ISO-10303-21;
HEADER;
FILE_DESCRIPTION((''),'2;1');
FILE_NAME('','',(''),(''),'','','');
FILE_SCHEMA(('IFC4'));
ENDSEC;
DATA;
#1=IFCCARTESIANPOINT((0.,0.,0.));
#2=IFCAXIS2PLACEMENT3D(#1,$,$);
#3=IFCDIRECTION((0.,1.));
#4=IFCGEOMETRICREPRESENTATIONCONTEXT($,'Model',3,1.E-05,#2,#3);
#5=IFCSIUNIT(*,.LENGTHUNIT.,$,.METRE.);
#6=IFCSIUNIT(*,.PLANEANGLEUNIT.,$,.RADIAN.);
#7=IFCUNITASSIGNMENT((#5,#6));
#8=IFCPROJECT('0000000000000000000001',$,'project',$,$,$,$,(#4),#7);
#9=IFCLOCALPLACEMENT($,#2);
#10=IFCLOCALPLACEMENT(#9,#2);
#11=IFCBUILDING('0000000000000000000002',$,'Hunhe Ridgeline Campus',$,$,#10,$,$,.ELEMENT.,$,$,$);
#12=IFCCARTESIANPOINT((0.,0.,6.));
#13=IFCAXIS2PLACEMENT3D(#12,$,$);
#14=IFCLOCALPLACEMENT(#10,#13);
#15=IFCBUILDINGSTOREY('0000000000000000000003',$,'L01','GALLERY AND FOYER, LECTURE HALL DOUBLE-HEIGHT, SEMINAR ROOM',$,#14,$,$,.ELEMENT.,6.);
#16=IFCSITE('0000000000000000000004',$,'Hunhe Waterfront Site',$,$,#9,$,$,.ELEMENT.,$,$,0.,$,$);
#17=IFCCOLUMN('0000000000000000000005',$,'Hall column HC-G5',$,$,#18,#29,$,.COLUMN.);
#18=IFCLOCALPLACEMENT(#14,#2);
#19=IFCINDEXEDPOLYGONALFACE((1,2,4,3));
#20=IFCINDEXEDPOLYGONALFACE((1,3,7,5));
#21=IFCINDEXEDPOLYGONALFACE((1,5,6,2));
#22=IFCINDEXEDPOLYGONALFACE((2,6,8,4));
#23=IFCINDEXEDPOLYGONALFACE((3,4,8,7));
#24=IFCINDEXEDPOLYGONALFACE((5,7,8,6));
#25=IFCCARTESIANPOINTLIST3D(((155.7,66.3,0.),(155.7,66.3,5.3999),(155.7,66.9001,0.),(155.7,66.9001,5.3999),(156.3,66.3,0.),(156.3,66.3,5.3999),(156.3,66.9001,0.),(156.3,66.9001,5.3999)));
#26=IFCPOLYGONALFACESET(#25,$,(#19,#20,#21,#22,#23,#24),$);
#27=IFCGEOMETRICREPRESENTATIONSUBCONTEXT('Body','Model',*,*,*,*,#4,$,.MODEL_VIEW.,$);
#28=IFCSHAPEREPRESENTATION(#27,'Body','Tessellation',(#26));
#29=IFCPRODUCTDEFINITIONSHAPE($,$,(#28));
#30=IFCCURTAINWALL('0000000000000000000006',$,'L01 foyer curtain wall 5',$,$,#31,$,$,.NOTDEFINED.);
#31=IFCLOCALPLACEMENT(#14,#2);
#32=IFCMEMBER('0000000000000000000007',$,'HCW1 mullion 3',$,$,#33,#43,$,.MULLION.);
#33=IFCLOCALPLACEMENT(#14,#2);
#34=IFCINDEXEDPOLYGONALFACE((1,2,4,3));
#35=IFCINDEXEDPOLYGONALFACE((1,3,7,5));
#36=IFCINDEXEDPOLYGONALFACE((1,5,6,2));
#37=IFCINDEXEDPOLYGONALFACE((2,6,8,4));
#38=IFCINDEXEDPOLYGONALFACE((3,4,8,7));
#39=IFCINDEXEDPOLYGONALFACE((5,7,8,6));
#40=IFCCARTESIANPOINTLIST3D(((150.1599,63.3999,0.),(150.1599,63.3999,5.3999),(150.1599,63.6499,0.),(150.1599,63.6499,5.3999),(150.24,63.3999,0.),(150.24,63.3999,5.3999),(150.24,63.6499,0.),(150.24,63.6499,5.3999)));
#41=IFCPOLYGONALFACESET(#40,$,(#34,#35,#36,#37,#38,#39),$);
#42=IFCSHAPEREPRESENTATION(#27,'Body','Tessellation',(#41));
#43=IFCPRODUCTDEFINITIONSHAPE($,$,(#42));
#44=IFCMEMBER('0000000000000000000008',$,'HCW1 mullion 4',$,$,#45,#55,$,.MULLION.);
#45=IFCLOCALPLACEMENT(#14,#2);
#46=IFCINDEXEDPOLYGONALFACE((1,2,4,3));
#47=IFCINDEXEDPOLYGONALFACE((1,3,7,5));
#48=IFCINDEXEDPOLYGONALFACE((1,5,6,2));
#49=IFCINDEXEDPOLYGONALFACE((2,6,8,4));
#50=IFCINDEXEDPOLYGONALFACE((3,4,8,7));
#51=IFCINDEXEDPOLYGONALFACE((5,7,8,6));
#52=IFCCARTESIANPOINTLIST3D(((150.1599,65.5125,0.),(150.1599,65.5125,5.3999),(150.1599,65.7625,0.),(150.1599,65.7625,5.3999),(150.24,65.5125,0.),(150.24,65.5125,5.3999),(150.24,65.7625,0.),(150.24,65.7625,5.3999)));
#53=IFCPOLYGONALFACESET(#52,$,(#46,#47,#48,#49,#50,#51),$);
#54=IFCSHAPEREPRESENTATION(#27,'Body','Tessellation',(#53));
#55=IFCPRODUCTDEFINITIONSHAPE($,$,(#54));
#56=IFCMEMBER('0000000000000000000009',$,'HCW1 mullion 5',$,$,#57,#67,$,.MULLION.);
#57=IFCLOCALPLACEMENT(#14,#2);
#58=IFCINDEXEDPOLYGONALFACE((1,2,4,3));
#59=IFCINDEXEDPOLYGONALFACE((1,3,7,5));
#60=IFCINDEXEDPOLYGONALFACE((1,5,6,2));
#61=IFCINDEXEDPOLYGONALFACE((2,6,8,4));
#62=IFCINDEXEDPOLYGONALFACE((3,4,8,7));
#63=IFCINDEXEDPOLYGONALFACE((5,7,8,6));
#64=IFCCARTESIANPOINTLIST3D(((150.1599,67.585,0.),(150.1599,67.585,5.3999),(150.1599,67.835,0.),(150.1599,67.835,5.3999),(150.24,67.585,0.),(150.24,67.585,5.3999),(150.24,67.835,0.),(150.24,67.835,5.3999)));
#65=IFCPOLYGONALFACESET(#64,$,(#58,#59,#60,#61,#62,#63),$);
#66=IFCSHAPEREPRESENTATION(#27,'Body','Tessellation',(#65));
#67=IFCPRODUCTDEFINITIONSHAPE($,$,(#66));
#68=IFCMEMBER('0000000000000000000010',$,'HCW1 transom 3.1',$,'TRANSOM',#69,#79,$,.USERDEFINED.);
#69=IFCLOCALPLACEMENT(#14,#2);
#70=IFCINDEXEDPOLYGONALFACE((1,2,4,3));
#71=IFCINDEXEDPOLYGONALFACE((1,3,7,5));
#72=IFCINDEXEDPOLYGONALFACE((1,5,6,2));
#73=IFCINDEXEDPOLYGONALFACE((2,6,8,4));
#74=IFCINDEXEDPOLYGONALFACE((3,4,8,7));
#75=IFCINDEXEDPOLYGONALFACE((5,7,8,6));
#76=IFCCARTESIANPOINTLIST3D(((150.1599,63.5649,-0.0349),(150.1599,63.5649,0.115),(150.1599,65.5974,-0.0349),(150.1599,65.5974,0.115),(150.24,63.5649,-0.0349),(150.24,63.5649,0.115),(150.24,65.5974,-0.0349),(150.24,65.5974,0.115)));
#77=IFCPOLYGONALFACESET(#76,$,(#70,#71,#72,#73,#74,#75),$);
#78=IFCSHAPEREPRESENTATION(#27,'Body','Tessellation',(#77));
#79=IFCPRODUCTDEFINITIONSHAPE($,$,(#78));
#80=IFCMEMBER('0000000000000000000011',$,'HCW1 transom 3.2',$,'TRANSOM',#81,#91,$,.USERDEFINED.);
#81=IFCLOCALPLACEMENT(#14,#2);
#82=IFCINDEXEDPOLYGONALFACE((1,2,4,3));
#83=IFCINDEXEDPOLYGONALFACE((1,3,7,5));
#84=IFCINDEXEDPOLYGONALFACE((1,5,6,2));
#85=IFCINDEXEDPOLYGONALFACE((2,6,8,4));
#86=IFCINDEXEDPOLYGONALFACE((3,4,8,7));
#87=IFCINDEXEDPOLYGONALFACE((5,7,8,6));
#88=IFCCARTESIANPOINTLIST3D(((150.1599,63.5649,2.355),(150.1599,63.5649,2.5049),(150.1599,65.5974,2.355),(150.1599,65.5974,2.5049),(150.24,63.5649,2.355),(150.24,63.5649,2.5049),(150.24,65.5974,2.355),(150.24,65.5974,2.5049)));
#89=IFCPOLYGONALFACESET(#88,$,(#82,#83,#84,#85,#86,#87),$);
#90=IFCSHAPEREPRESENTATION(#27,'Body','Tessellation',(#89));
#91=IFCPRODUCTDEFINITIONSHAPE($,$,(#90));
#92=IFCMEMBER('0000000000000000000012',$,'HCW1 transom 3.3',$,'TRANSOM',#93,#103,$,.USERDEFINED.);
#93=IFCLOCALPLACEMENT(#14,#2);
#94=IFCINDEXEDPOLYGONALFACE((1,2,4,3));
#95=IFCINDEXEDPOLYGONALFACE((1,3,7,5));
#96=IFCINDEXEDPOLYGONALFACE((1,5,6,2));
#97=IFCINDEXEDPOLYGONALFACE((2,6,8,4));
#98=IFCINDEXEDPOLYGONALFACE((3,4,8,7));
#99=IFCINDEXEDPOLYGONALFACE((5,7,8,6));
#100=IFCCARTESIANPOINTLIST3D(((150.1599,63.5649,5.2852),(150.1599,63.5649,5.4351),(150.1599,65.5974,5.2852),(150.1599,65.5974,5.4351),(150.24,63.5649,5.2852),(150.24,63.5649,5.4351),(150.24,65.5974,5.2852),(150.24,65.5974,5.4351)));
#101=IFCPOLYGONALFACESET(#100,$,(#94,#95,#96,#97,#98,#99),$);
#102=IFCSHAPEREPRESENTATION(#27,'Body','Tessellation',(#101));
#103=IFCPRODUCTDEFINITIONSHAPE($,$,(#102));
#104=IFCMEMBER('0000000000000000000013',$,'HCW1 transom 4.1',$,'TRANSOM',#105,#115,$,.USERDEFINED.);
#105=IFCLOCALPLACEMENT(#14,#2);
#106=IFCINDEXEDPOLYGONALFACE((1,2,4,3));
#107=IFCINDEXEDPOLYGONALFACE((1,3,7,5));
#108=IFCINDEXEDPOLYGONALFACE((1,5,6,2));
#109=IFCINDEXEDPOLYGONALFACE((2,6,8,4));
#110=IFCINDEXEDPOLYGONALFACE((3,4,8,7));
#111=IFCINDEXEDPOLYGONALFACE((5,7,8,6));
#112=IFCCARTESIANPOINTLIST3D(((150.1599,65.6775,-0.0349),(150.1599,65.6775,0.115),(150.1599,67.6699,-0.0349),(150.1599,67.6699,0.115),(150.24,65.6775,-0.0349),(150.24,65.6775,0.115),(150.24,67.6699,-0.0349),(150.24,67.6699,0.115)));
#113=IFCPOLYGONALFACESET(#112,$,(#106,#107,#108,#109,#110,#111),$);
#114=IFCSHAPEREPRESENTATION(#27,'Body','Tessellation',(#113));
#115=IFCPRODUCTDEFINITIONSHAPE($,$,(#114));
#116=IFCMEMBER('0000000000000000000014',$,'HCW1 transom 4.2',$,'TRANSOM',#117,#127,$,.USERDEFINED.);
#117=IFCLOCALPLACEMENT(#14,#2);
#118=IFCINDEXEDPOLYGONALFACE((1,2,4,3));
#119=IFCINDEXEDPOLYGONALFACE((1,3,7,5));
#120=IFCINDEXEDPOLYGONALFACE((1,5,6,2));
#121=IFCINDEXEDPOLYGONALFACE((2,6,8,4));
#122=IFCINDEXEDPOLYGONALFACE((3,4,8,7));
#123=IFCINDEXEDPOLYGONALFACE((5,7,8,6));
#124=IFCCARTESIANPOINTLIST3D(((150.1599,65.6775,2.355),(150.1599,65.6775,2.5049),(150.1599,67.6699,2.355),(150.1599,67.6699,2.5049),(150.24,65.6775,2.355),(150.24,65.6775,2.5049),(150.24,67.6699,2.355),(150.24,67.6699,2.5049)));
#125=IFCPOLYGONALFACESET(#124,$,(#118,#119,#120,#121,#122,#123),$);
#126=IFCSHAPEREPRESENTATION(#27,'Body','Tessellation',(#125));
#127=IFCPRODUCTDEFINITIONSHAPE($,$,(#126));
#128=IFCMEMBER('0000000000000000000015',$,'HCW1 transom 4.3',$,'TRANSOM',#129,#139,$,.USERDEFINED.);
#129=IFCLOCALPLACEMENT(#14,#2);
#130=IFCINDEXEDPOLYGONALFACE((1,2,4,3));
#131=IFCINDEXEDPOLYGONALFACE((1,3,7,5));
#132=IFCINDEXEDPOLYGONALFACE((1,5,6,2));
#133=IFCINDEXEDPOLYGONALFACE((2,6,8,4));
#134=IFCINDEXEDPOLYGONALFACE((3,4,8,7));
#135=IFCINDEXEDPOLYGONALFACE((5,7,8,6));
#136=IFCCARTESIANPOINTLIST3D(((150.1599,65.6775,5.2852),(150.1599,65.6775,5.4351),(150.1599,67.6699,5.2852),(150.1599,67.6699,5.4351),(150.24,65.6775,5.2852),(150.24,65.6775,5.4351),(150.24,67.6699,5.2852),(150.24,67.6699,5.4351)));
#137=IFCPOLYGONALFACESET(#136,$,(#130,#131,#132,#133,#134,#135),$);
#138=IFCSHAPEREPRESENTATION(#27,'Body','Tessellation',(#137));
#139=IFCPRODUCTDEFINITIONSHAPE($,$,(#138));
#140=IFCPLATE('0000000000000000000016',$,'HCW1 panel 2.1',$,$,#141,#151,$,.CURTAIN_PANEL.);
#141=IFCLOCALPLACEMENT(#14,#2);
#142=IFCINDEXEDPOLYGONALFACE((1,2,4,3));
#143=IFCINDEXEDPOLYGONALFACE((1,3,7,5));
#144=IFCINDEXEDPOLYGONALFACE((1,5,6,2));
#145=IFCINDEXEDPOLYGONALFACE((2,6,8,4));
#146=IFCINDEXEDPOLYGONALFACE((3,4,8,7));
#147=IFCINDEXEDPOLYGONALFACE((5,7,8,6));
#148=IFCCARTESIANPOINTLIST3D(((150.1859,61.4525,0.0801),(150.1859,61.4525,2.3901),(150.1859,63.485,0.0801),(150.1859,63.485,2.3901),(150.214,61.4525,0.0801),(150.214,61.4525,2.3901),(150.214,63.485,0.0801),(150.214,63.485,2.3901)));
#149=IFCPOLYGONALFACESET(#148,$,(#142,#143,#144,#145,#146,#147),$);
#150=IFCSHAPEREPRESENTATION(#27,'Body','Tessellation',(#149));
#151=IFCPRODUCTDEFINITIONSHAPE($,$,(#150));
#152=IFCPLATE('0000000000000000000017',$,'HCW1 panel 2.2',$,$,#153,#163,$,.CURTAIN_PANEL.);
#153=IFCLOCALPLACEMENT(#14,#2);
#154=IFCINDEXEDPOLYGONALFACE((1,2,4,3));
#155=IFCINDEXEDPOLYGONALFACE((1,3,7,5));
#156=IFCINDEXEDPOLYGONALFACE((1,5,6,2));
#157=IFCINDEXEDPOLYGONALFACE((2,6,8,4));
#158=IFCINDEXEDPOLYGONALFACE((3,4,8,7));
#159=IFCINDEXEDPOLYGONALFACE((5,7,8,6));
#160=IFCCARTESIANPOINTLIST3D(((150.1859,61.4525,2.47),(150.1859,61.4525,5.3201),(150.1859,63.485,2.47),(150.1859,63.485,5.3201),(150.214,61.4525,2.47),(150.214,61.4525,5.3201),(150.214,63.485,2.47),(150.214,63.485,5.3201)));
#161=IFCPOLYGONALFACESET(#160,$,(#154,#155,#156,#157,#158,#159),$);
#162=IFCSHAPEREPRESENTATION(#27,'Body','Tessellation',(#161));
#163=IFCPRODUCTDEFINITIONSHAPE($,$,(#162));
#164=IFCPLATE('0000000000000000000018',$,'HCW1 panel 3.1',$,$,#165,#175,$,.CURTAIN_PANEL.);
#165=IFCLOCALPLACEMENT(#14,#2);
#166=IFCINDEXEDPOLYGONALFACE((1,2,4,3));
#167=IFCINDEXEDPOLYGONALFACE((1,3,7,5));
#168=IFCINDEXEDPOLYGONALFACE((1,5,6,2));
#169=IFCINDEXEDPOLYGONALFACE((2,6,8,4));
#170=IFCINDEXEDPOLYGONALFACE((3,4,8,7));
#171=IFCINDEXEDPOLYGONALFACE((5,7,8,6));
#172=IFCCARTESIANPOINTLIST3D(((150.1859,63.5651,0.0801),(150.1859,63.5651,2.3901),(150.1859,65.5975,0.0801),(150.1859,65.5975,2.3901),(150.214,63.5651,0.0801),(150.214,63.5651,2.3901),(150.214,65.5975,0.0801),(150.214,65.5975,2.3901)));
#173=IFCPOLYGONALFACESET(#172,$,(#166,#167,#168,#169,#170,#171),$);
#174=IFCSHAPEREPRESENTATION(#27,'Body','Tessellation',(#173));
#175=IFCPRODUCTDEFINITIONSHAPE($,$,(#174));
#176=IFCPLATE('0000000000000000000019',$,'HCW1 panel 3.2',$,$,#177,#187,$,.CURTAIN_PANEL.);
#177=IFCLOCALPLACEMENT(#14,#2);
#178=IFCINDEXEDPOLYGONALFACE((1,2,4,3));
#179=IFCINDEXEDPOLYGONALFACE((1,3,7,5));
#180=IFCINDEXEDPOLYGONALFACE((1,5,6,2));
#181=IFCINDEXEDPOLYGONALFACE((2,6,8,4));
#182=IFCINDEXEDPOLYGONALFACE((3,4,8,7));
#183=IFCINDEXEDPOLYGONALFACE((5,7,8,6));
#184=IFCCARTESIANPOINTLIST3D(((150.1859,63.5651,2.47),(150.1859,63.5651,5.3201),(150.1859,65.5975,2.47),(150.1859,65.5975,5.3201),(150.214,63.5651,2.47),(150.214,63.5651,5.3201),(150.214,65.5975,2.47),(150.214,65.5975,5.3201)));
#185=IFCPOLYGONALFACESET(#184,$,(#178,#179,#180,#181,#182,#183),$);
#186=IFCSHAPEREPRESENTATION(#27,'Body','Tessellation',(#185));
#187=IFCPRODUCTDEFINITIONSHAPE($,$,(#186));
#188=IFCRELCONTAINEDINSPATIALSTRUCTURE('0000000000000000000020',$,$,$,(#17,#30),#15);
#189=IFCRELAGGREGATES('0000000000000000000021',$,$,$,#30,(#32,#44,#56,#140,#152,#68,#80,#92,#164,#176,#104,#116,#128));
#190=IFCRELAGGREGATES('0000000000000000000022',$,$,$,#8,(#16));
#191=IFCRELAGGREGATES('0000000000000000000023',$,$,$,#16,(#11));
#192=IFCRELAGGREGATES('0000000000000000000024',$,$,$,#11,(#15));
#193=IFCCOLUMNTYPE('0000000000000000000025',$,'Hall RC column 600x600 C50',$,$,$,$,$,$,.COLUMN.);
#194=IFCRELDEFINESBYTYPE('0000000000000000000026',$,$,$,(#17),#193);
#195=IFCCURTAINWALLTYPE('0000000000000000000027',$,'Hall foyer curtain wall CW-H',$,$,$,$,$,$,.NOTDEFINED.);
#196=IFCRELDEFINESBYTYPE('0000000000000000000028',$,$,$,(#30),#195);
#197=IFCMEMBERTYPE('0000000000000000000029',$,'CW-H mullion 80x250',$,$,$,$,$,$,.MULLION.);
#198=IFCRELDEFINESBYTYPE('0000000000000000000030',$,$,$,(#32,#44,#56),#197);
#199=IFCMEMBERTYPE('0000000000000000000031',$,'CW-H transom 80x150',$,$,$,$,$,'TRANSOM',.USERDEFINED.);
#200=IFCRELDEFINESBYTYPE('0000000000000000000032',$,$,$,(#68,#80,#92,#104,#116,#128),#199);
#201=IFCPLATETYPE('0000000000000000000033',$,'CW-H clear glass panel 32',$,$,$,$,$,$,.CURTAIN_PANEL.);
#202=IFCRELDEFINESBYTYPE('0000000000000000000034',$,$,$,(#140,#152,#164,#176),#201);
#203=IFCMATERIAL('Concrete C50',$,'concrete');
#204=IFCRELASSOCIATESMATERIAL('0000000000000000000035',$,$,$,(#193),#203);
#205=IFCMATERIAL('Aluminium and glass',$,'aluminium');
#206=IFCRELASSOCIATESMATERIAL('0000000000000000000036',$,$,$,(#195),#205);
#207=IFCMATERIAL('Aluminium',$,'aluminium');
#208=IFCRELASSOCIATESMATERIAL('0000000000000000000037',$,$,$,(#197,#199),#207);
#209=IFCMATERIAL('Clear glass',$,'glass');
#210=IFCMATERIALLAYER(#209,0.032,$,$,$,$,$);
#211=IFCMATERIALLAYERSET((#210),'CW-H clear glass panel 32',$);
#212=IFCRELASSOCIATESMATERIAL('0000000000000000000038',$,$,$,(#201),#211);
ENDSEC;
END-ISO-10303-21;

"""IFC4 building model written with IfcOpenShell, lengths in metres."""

from ifc_helpers import new_model, si_unit, direction, frame, origin, origin_2d, place, context, subcontext, project, spatial, rectangle, extrude, material, layer, layer_set, material_profile, profile_set, type_object, element, aggregate, save


model = new_model("IFC4")

# Units and contexts
model_context = context("Model", 3, precision=1e-05, world=origin(), true_north=direction((0.0, 1.0)))
body_context = subcontext(model_context, "Body", "Model", "MODEL_VIEW")
ifc_project = project(units=[si_unit("LENGTHUNIT", "METRE"), si_unit("PLANEANGLEUNIT", "RADIAN")], contexts=[model_context])

# Site, building, storey
site_placement = place(None, origin())
site = spatial("IfcSite", under=ifc_project, at=site_placement, Name="Hunhe Waterfront Site", CompositionType="ELEMENT", RefElevation=0.0)
building_placement = place(site_placement, origin())
building = spatial("IfcBuilding", under=site, at=building_placement, Name="Hunhe Ridgeline Campus", CompositionType="ELEMENT")
storey_placement = place(building_placement, frame((0.0, 0.0, 6.0)))
storey = spatial("IfcBuildingStorey", under=building, at=storey_placement, Name="L01", Description="GALLERY AND FOYER, LECTURE HALL DOUBLE-HEIGHT, SEMINAR ROOM", CompositionType="ELEMENT", Elevation=6.0)

# Column
ifc_material_1 = material(Name="Concrete C50", Category="concrete")
ifc_material_profile_1 = material_profile(ifc_material_1, rectangle(XDim=0.6001, YDim=0.6001, at=origin_2d()))
ifc_profile_set_1 = profile_set([ifc_material_profile_1], Name="Concrete C50")
column_type = type_object("IfcColumnType", Name="Hall RC column 600x600 C50", PredefinedType="COLUMN", material=ifc_profile_set_1)
column_placement = place(storey_placement, frame((156.0, 66.6001, 0.0), z_axis=(0.0, 0.0, 1.0), x_axis=(1.0, 0.0, 0.0)))
element("IfcColumn", 1, at=column_placement, inside=storey, type_object=column_type, Name="Hall column HC-G5", PredefinedType="COLUMN", context=body_context, shape_type="SweptSolid", body=[
    extrude(rectangle(XDim=0.6001, YDim=0.6001, at=origin_2d()), origin(), (0.0, 0.0, 1.0), 5.3999),
])

# Curtain wall, members, plates
ifc_material_2 = material(Name="Aluminium and glass", Category="aluminium")
curtain_wall_type = type_object("IfcCurtainWallType", Name="Hall foyer curtain wall CW-H", PredefinedType="NOTDEFINED", material=ifc_material_2)
curtain_wall_placement = place(storey_placement, origin())
curtain_wall = element("IfcCurtainWall", 2, at=curtain_wall_placement, inside=storey, type_object=curtain_wall_type, Name="L01 foyer curtain wall 5", PredefinedType="NOTDEFINED")
ifc_material_3 = material(Name="Aluminium", Category="aluminium")
ifc_material_profile_2 = material_profile(ifc_material_3, rectangle(XDim=0.0801, YDim=0.25, at=origin_2d()))
ifc_profile_set_2 = profile_set([ifc_material_profile_2], Name="Aluminium")
member_type_1 = type_object("IfcMemberType", Name="CW-H mullion 80x250", PredefinedType="MULLION", material=ifc_profile_set_2)
member_1_placement = place(storey_placement, frame((150.2, 63.5249, 0.0), z_axis=(0.0, 0.0, 1.0), x_axis=(-1.0, 0.0, 0.0)))
member_1 = element("IfcMember", 3, at=member_1_placement, type_object=member_type_1, Name="HCW1 mullion 3", PredefinedType="MULLION", context=body_context, shape_type="SweptSolid", body=[
    extrude(rectangle(XDim=0.0801, YDim=0.25, at=origin_2d()), origin(), (0.0, 0.0, 1.0), 5.3999),
])
member_2_placement = place(storey_placement, frame((150.2, 65.6375, 0.0), z_axis=(0.0, 0.0, 1.0), x_axis=(-1.0, 0.0, 0.0)))
member_2 = element("IfcMember", 4, at=member_2_placement, type_object=member_type_1, Name="HCW1 mullion 4", PredefinedType="MULLION", context=body_context, shape_type="SweptSolid", body=[
    extrude(rectangle(XDim=0.0801, YDim=0.25, at=origin_2d()), origin(), (0.0, 0.0, 1.0), 5.3999),
])
member_3_placement = place(storey_placement, frame((150.2, 67.71, 0.0), z_axis=(0.0, 0.0, 1.0), x_axis=(-1.0, 0.0, 0.0)))
member_3 = element("IfcMember", 5, at=member_3_placement, type_object=member_type_1, Name="HCW1 mullion 5", PredefinedType="MULLION", context=body_context, shape_type="SweptSolid", body=[
    extrude(rectangle(XDim=0.0801, YDim=0.25, at=origin_2d()), origin(), (0.0, 0.0, 1.0), 5.3999),
])
ifc_material_profile_3 = material_profile(ifc_material_3, rectangle(XDim=0.0801, YDim=0.1499, at=origin_2d()))
ifc_profile_set_3 = profile_set([ifc_material_profile_3], Name="Aluminium")
member_type_2 = type_object("IfcMemberType", Name="CW-H transom 80x150", ElementType="TRANSOM", PredefinedType="USERDEFINED", material=ifc_profile_set_3)
member_4_placement = place(storey_placement, frame((150.2, 63.5649, 0.04), z_axis=(0.0, 1.0, 0.0), x_axis=(-1.0, 0.0, 0.0)))
member_4 = element("IfcMember", 6, at=member_4_placement, type_object=member_type_2, Name="HCW1 transom 3.1", ObjectType="TRANSOM", PredefinedType="USERDEFINED", context=body_context, shape_type="SweptSolid", body=[
    extrude(rectangle(XDim=0.0801, YDim=0.1499, at=origin_2d()), origin(), (0.0, 0.0, 1.0), 2.0325),
])
member_5_placement = place(storey_placement, frame((150.2, 63.5649, 2.4299), z_axis=(0.0, 1.0, 0.0), x_axis=(-1.0, 0.0, 0.0)))
member_5 = element("IfcMember", 7, at=member_5_placement, type_object=member_type_2, Name="HCW1 transom 3.2", ObjectType="TRANSOM", PredefinedType="USERDEFINED", context=body_context, shape_type="SweptSolid", body=[
    extrude(rectangle(XDim=0.0801, YDim=0.1499, at=origin_2d()), origin(), (0.0, 0.0, 1.0), 2.0325),
])
member_6_placement = place(storey_placement, frame((150.2, 63.5649, 5.3601), z_axis=(0.0, 1.0, 0.0), x_axis=(-1.0, 0.0, 0.0)))
member_6 = element("IfcMember", 8, at=member_6_placement, type_object=member_type_2, Name="HCW1 transom 3.3", ObjectType="TRANSOM", PredefinedType="USERDEFINED", context=body_context, shape_type="SweptSolid", body=[
    extrude(rectangle(XDim=0.0801, YDim=0.1499, at=origin_2d()), origin(), (0.0, 0.0, 1.0), 2.0325),
])
member_7_placement = place(storey_placement, frame((150.2, 65.6775, 0.04), z_axis=(0.0, 1.0, 0.0), x_axis=(-1.0, 0.0, 0.0)))
member_7 = element("IfcMember", 9, at=member_7_placement, type_object=member_type_2, Name="HCW1 transom 4.1", ObjectType="TRANSOM", PredefinedType="USERDEFINED", context=body_context, shape_type="SweptSolid", body=[
    extrude(rectangle(XDim=0.0801, YDim=0.1499, at=origin_2d()), origin(), (0.0, 0.0, 1.0), 1.9924),
])
member_8_placement = place(storey_placement, frame((150.2, 65.6775, 2.4299), z_axis=(0.0, 1.0, 0.0), x_axis=(-1.0, 0.0, 0.0)))
member_8 = element("IfcMember", 10, at=member_8_placement, type_object=member_type_2, Name="HCW1 transom 4.2", ObjectType="TRANSOM", PredefinedType="USERDEFINED", context=body_context, shape_type="SweptSolid", body=[
    extrude(rectangle(XDim=0.0801, YDim=0.1499, at=origin_2d()), origin(), (0.0, 0.0, 1.0), 1.9924),
])
member_9_placement = place(storey_placement, frame((150.2, 65.6775, 5.3601), z_axis=(0.0, 1.0, 0.0), x_axis=(-1.0, 0.0, 0.0)))
member_9 = element("IfcMember", 11, at=member_9_placement, type_object=member_type_2, Name="HCW1 transom 4.3", ObjectType="TRANSOM", PredefinedType="USERDEFINED", context=body_context, shape_type="SweptSolid", body=[
    extrude(rectangle(XDim=0.0801, YDim=0.1499, at=origin_2d()), origin(), (0.0, 0.0, 1.0), 1.9924),
])
ifc_material_4 = material(Name="Clear glass", Category="glass")
ifc_layer_1 = layer(ifc_material_4, 0.032)
ifc_layer_set_1 = layer_set([ifc_layer_1], Name="CW-H clear glass panel 32")
plate_type = type_object("IfcPlateType", Name="CW-H clear glass panel 32", PredefinedType="CURTAIN_PANEL", material=ifc_layer_set_1)
plate_1_placement = place(storey_placement, frame((150.2, 62.4688, 0.0801), z_axis=(0.0, 0.0, 1.0), x_axis=(0.0, 1.0, 0.0)))
plate_1 = element("IfcPlate", 12, at=plate_1_placement, type_object=plate_type, Name="HCW1 panel 2.1", PredefinedType="CURTAIN_PANEL", context=body_context, shape_type="SweptSolid", body=[
    extrude(rectangle(XDim=2.0325, YDim=0.0281, at=origin_2d()), origin(), (0.0, 0.0, 1.0), 2.3101),
])
plate_2_placement = place(storey_placement, frame((150.2, 62.4688, 2.47), z_axis=(0.0, 0.0, 1.0), x_axis=(0.0, 1.0, 0.0)))
plate_2 = element("IfcPlate", 13, at=plate_2_placement, type_object=plate_type, Name="HCW1 panel 2.2", PredefinedType="CURTAIN_PANEL", context=body_context, shape_type="SweptSolid", body=[
    extrude(rectangle(XDim=2.0325, YDim=0.0281, at=origin_2d()), origin(), (0.0, 0.0, 1.0), 2.8501),
])
plate_3_placement = place(storey_placement, frame((150.2, 64.5813, 0.0801), z_axis=(0.0, 0.0, 1.0), x_axis=(0.0, 1.0, 0.0)))
plate_3 = element("IfcPlate", 14, at=plate_3_placement, type_object=plate_type, Name="HCW1 panel 3.1", PredefinedType="CURTAIN_PANEL", context=body_context, shape_type="SweptSolid", body=[
    extrude(rectangle(XDim=2.0325, YDim=0.0281, at=origin_2d()), origin(), (0.0, 0.0, 1.0), 2.3101),
])
plate_4_placement = place(storey_placement, frame((150.2, 64.5813, 2.47), z_axis=(0.0, 0.0, 1.0), x_axis=(0.0, 1.0, 0.0)))
plate_4 = element("IfcPlate", 15, at=plate_4_placement, type_object=plate_type, Name="HCW1 panel 3.2", PredefinedType="CURTAIN_PANEL", context=body_context, shape_type="SweptSolid", body=[
    extrude(rectangle(XDim=2.0325, YDim=0.0281, at=origin_2d()), origin(), (0.0, 0.0, 1.0), 2.8501),
])
aggregate(curtain_wall, [member_1, member_2, member_3, plate_1, plate_2, member_4, member_5, member_6, plate_3, plate_4, member_7, member_8, member_9])

save(model, "model.ifc")
